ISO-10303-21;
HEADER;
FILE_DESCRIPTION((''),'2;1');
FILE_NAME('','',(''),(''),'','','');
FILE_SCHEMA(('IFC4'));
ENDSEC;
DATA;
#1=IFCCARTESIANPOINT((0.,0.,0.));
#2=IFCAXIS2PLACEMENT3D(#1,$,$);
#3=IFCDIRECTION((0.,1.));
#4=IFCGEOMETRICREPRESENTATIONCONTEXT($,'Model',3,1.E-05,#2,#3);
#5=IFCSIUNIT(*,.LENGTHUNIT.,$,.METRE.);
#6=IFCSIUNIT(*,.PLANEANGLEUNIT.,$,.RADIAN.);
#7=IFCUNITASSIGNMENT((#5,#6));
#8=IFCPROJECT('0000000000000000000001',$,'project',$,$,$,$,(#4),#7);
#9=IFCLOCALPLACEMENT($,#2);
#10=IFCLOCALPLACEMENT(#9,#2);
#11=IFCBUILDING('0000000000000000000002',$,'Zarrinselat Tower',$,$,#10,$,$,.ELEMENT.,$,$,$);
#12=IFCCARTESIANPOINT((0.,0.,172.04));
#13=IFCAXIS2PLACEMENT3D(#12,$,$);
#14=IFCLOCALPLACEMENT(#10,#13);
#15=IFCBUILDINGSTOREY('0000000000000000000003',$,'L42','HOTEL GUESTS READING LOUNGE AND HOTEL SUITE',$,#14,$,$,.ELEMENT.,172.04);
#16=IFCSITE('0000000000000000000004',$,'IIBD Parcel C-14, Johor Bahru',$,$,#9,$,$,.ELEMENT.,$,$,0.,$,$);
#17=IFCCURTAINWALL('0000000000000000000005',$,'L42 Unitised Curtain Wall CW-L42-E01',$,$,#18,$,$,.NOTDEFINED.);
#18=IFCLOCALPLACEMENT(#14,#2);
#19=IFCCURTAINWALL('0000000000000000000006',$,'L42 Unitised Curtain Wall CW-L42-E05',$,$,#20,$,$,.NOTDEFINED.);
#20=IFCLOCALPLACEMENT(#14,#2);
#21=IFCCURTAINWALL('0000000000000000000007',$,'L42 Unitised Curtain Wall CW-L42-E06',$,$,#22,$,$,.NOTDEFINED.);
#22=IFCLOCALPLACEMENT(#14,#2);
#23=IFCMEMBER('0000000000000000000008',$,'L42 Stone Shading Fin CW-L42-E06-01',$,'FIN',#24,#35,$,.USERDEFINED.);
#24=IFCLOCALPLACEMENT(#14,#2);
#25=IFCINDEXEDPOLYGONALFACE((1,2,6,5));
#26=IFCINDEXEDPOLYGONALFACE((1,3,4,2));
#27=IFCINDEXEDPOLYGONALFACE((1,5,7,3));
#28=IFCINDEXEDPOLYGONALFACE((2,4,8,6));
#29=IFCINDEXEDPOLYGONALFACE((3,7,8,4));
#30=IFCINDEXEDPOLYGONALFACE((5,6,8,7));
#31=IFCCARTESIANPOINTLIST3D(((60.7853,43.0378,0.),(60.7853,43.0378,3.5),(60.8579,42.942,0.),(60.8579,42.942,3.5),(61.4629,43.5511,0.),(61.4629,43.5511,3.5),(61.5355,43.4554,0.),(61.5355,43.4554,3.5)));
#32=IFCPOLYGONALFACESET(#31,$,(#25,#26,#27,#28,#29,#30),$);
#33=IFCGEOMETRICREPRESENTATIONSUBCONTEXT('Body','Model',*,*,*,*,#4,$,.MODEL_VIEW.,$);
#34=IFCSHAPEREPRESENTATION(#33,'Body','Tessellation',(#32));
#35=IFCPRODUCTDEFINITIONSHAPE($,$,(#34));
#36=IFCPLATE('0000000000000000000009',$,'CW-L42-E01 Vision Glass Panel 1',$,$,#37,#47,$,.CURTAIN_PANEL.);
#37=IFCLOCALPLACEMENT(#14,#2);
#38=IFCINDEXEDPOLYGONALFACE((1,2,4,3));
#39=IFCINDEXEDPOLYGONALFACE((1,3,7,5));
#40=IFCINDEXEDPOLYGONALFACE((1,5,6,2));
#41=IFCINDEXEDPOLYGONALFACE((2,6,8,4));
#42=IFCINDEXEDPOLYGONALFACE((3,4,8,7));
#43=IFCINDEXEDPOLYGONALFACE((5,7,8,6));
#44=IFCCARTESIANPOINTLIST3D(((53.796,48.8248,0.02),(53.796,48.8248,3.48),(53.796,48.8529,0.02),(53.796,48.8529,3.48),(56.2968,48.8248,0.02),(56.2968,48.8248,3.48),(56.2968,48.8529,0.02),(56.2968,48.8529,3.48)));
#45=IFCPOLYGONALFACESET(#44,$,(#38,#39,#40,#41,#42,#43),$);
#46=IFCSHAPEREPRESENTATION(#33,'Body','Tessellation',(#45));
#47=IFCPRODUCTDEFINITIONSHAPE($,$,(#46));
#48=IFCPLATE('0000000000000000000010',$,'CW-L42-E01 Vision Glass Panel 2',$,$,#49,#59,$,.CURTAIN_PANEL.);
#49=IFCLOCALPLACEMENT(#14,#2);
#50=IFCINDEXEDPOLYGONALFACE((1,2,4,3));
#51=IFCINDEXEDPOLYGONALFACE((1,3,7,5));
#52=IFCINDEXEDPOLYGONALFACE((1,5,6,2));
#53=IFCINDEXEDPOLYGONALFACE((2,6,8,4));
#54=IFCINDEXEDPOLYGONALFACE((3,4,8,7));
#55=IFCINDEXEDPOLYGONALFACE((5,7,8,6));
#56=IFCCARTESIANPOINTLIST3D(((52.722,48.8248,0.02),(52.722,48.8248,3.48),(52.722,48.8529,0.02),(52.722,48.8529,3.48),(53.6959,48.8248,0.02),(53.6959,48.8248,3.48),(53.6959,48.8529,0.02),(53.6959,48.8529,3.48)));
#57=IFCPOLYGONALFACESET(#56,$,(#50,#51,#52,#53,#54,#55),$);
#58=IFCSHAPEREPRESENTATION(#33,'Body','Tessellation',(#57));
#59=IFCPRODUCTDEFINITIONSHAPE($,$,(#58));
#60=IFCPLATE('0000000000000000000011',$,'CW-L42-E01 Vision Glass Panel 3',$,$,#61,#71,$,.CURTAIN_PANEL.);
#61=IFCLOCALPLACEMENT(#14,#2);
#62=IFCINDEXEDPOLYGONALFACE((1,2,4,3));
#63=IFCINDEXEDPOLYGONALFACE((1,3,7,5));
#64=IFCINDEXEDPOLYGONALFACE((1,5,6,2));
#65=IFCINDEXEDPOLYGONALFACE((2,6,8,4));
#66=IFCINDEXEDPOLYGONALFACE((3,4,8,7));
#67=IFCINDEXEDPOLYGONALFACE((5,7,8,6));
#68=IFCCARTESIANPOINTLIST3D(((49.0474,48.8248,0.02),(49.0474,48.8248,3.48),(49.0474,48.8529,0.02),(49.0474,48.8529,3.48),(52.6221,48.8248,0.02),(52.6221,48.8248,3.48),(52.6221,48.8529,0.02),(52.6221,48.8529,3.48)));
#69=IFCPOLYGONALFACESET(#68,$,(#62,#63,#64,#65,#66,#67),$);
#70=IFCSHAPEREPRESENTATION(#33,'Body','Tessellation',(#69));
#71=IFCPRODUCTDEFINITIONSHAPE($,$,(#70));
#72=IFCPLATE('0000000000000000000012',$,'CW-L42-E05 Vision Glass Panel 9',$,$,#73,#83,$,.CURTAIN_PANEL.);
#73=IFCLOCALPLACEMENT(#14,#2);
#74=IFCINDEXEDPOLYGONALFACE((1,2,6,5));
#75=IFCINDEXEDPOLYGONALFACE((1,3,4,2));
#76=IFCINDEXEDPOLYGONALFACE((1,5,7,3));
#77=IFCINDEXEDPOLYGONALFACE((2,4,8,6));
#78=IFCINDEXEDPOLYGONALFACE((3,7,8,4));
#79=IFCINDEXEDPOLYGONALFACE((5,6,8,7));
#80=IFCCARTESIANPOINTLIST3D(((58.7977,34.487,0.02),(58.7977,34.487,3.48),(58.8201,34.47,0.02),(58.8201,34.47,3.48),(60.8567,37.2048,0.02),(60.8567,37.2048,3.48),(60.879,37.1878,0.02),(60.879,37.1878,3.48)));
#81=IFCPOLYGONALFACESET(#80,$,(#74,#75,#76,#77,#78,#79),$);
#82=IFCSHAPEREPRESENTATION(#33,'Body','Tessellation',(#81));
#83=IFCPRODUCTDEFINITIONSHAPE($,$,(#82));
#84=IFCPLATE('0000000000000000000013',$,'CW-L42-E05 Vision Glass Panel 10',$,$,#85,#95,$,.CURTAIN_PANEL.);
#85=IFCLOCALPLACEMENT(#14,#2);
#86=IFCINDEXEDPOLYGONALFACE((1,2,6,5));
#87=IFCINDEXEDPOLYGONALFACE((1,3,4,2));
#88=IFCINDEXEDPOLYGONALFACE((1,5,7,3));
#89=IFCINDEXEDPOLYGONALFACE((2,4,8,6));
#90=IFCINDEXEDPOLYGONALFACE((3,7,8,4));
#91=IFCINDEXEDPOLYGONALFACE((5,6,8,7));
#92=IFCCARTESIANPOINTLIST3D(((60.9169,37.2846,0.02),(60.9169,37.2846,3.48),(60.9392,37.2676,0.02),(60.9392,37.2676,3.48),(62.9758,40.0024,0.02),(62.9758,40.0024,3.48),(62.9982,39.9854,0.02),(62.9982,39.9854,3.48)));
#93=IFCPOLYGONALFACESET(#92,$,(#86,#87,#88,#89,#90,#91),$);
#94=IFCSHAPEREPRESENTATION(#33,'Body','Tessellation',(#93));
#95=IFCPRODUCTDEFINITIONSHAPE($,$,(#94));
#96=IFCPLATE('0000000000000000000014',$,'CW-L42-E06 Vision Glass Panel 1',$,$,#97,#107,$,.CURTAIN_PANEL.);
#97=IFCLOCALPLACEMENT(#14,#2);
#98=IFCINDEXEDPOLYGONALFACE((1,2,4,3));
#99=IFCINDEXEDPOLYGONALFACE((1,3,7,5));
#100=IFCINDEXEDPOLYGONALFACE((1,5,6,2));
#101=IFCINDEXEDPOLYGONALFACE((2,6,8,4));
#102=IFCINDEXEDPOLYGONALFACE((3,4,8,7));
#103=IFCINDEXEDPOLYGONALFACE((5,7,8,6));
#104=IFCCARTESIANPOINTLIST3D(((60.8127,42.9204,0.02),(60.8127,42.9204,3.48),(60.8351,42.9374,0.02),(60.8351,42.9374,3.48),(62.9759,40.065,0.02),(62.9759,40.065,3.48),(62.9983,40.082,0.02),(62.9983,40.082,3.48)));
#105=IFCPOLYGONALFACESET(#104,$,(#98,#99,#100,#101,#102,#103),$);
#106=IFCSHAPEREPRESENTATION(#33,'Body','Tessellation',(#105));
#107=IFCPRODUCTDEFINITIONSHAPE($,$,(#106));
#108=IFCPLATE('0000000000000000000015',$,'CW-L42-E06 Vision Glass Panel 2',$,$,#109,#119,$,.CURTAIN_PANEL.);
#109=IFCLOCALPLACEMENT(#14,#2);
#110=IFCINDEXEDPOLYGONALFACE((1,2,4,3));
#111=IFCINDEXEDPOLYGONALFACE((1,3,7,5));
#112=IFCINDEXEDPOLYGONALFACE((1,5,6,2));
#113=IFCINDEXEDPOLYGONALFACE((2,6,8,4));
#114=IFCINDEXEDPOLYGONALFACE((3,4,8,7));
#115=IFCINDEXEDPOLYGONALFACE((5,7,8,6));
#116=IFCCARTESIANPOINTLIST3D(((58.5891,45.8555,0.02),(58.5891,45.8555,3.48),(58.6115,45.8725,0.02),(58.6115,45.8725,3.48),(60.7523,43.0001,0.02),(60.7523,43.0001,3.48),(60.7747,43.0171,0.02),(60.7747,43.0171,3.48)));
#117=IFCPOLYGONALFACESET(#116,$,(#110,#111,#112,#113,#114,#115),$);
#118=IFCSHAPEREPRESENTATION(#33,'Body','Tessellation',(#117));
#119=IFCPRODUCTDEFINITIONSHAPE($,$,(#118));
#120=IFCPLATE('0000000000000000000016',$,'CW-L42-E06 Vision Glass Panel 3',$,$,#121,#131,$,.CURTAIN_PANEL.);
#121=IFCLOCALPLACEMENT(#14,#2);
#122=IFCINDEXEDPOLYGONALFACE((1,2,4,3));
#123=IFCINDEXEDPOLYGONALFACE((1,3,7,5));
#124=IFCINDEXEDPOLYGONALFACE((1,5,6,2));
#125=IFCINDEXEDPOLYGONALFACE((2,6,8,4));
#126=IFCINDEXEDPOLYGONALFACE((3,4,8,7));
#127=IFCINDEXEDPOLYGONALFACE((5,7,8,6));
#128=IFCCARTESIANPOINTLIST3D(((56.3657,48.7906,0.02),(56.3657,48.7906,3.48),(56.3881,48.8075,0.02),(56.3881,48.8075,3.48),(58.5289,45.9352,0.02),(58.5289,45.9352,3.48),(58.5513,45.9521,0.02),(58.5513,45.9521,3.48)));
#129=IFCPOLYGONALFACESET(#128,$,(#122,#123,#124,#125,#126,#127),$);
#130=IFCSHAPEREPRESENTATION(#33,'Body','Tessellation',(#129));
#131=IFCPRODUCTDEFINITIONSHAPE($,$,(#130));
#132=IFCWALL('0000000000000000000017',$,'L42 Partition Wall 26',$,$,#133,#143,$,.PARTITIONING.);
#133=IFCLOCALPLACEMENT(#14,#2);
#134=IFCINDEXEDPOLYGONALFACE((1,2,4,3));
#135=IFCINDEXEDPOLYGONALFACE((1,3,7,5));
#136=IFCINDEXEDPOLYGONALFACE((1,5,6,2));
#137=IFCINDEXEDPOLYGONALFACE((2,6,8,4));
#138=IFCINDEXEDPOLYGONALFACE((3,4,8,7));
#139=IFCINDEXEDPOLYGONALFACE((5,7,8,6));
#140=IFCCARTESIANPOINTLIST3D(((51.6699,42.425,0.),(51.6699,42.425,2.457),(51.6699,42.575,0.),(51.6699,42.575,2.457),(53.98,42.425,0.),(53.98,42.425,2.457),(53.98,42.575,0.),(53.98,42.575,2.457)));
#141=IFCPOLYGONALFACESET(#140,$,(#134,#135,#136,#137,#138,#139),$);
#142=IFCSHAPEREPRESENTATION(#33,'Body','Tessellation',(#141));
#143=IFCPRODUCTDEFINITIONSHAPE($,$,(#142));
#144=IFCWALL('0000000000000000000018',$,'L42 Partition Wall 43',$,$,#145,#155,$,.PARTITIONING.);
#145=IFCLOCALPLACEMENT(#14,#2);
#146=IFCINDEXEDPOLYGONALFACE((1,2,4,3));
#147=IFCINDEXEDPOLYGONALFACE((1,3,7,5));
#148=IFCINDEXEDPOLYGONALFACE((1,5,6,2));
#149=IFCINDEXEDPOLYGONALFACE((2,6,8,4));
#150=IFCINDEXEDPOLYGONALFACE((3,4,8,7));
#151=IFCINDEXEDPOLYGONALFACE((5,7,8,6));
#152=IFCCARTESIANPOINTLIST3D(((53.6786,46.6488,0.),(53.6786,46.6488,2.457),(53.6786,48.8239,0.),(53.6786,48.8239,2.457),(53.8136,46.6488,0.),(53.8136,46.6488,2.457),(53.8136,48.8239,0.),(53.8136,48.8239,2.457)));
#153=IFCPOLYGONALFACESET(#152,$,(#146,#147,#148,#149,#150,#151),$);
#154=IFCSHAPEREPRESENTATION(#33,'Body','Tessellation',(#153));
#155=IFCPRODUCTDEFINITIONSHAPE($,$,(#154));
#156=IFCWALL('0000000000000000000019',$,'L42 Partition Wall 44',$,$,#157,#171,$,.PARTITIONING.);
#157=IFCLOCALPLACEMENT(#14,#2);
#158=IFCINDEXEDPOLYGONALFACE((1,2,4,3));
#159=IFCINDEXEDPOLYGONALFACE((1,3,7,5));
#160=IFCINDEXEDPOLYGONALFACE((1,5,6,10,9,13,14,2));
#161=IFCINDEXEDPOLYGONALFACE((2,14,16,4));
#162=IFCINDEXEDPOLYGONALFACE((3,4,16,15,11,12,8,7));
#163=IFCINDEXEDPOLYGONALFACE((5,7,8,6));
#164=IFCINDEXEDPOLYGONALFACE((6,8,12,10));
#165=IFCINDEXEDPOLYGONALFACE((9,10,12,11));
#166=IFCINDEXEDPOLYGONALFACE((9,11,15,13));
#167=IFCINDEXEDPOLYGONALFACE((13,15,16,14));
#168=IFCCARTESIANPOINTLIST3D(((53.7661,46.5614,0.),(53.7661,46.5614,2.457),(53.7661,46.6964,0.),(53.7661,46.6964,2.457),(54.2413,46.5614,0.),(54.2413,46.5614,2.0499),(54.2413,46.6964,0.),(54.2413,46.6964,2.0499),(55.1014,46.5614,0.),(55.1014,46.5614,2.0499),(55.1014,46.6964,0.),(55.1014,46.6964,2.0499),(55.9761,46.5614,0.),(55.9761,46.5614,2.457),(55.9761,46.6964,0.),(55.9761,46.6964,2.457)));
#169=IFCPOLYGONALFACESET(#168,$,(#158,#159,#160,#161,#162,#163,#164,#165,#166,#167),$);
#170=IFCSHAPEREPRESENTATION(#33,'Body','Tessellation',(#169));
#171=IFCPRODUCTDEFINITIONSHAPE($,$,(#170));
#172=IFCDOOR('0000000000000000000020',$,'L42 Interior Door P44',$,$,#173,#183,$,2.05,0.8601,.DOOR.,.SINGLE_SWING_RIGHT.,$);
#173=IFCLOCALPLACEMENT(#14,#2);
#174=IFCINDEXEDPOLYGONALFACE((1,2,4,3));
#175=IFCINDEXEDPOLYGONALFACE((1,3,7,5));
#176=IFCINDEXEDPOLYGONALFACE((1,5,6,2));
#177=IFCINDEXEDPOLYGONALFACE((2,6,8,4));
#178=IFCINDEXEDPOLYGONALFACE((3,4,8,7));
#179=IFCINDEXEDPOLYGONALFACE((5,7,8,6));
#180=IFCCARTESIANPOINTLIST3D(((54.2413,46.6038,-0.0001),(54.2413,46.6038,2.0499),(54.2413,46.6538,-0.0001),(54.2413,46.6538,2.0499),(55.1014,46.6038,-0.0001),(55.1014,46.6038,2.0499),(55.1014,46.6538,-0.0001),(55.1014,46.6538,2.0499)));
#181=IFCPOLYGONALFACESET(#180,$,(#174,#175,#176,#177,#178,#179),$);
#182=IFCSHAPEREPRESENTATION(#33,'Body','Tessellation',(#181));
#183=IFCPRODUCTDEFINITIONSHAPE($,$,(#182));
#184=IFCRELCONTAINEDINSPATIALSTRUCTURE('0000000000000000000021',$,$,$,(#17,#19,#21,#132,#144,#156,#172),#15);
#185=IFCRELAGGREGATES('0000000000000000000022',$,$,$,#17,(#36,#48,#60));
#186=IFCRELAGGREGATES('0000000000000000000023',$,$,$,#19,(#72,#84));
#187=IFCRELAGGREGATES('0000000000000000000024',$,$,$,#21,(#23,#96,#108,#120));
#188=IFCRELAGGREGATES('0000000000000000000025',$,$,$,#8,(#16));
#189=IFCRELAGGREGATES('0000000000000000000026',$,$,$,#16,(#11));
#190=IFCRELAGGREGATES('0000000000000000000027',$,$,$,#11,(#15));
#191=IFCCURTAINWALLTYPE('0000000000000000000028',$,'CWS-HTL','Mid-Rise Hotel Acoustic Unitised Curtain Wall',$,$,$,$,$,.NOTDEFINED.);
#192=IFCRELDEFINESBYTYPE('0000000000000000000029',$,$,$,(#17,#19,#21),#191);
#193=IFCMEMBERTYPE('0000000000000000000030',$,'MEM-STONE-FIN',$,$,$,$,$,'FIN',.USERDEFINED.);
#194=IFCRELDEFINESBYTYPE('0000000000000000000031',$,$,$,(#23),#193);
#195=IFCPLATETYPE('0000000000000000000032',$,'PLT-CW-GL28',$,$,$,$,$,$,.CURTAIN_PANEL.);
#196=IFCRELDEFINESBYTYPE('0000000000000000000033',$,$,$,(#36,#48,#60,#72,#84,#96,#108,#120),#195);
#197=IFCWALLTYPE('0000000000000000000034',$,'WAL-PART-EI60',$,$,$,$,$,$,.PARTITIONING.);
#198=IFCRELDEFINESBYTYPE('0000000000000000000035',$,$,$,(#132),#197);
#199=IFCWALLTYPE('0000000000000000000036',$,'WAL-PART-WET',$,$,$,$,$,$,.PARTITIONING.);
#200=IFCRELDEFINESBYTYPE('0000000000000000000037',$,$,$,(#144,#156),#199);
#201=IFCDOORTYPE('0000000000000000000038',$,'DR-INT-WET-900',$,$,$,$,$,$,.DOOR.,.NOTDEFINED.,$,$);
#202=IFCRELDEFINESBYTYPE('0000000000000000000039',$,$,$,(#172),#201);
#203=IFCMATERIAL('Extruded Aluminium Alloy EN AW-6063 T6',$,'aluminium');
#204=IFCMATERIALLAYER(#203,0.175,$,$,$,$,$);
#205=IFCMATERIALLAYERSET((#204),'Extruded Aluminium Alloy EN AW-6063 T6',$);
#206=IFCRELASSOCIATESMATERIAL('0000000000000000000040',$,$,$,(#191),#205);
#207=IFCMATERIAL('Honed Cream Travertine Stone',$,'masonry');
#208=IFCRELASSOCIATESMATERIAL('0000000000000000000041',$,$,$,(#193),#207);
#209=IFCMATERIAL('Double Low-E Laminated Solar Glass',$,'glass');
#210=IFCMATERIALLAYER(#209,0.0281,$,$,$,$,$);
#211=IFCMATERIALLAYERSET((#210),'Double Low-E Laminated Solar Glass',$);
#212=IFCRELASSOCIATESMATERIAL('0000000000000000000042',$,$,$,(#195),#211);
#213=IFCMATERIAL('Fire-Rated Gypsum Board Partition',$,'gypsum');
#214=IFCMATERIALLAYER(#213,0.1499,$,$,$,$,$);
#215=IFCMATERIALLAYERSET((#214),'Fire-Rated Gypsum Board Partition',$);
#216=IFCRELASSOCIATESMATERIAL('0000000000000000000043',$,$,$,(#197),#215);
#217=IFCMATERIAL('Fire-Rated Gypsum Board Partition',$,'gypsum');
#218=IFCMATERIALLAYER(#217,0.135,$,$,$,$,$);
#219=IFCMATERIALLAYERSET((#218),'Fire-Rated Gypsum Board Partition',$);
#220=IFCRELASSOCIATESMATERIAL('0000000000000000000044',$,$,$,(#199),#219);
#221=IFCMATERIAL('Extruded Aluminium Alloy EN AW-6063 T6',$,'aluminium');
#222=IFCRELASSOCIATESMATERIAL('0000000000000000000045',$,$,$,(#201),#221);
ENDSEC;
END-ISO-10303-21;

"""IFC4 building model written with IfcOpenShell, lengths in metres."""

from ifc_helpers import new_model, si_unit, direction, frame, frame_2d, origin, origin_2d, place, context, subcontext, project, spatial, rectangle, extrude, material, layer, layer_set, material_profile, profile_set, type_object, element, fill, aggregate, save


model = new_model("IFC4")

# Units and contexts
model_context = context("Model", 3, precision=1e-05, world=origin(), true_north=direction((0.0, 1.0)))
body_context = subcontext(model_context, "Body", "Model", "MODEL_VIEW")
ifc_project = project(units=[si_unit("LENGTHUNIT", "METRE"), si_unit("PLANEANGLEUNIT", "RADIAN")], contexts=[model_context])

# Site, building, storey
site_placement = place(None, origin())
site = spatial("IfcSite", under=ifc_project, at=site_placement, Name="IIBD Parcel C-14, Johor Bahru", CompositionType="ELEMENT", RefElevation=0.0)
building_placement = place(site_placement, origin())
building = spatial("IfcBuilding", under=site, at=building_placement, Name="Zarrinselat Tower", CompositionType="ELEMENT")
storey_placement = place(building_placement, frame((0.0, 0.0, 172.04)))
storey = spatial("IfcBuildingStorey", under=building, at=storey_placement, Name="L42", Description="HOTEL GUESTS READING LOUNGE AND HOTEL SUITE", CompositionType="ELEMENT", Elevation=172.04)

# Curtain walls
ifc_material_1 = material(Name="Extruded Aluminium Alloy EN AW-6063 T6", Category="aluminium")
ifc_layer_1 = layer(ifc_material_1, 0.175)
ifc_layer_set_1 = layer_set([ifc_layer_1], Name="Extruded Aluminium Alloy EN AW-6063 T6")
curtain_wall_type = type_object("IfcCurtainWallType", Name="CWS-HTL", Description="Mid-Rise Hotel Acoustic Unitised Curtain Wall", PredefinedType="NOTDEFINED", material=ifc_layer_set_1)
curtain_wall_1_placement = place(storey_placement, origin())
curtain_wall_1 = element("IfcCurtainWall", 1, at=curtain_wall_1_placement, inside=storey, type_object=curtain_wall_type, Name="L42 Unitised Curtain Wall CW-L42-E01", PredefinedType="NOTDEFINED")
curtain_wall_2_placement = place(storey_placement, origin())
curtain_wall_2 = element("IfcCurtainWall", 2, at=curtain_wall_2_placement, inside=storey, type_object=curtain_wall_type, Name="L42 Unitised Curtain Wall CW-L42-E05", PredefinedType="NOTDEFINED")
curtain_wall_3_placement = place(storey_placement, origin())
curtain_wall_3 = element("IfcCurtainWall", 3, at=curtain_wall_3_placement, inside=storey, type_object=curtain_wall_type, Name="L42 Unitised Curtain Wall CW-L42-E06", PredefinedType="NOTDEFINED")

# Member
ifc_material_2 = material(Name="Honed Cream Travertine Stone", Category="masonry")
ifc_material_profile_1 = material_profile(ifc_material_2, rectangle(XDim=0.1201, YDim=0.8501, at=origin_2d()), Name="FIN 850x120")
ifc_profile_set_1 = profile_set([ifc_material_profile_1], Name="Honed Cream Travertine Stone")
member_type_1 = type_object("IfcMemberType", Name="MEM-STONE-FIN", ElementType="FIN", PredefinedType="USERDEFINED", material=ifc_profile_set_1)
member_1_placement = place(storey_placement, frame((61.1604, 43.2466, 0.0), z_axis=(0.0, 0.0, 1.0), x_axis=(0.603857, -0.797092, 0.0)))
member_1 = element("IfcMember", 4, at=member_1_placement, type_object=member_type_1, Name="L42 Stone Shading Fin CW-L42-E06-01", ObjectType="FIN", PredefinedType="USERDEFINED", context=body_context, shape_type="SweptSolid", body=[
    extrude(rectangle(XDim=0.1201, YDim=0.8501, at=origin_2d()), origin(), (0.0, 0.0, 1.0), 3.5),
])

# Plates
ifc_material_3 = material(Name="Double Low-E Laminated Solar Glass", Category="glass")
ifc_layer_2 = layer(ifc_material_3, 0.0281)
ifc_layer_set_2 = layer_set([ifc_layer_2], Name="Double Low-E Laminated Solar Glass")
plate_type = type_object("IfcPlateType", Name="PLT-CW-GL28", PredefinedType="CURTAIN_PANEL", material=ifc_layer_set_2)
plate_1_placement = place(storey_placement, frame((55.0464, 48.8389, 0.02), z_axis=(0.0, 0.0, 1.0), x_axis=(-1.0, 0.0, 0.0)))
plate_1 = element("IfcPlate", 5, at=plate_1_placement, type_object=plate_type, Name="CW-L42-E01 Vision Glass Panel 1", PredefinedType="CURTAIN_PANEL", context=body_context, shape_type="SweptSolid", body=[
    extrude(rectangle(XDim=2.5007, YDim=0.0281, at=origin_2d()), origin(), (0.0, 0.0, 1.0), 3.46),
])
plate_2_placement = place(storey_placement, frame((53.209, 48.8389, 0.02), z_axis=(0.0, 0.0, 1.0), x_axis=(-1.0, 0.0, 0.0)))
plate_2 = element("IfcPlate", 6, at=plate_2_placement, type_object=plate_type, Name="CW-L42-E01 Vision Glass Panel 2", PredefinedType="CURTAIN_PANEL", context=body_context, shape_type="SweptSolid", body=[
    extrude(rectangle(XDim=0.9739, YDim=0.0281, at=origin_2d()), origin(), (0.0, 0.0, 1.0), 3.46),
])
plate_3_placement = place(storey_placement, frame((50.8347, 48.8389, 0.02), z_axis=(0.0, 0.0, 1.0), x_axis=(-1.0, 0.0, 0.0)))
plate_3 = element("IfcPlate", 7, at=plate_3_placement, type_object=plate_type, Name="CW-L42-E01 Vision Glass Panel 3", PredefinedType="CURTAIN_PANEL", context=body_context, shape_type="SweptSolid", body=[
    extrude(rectangle(XDim=3.5747, YDim=0.0281, at=origin_2d()), origin(), (0.0, 0.0, 1.0), 3.46),
])
aggregate(curtain_wall_1, [plate_1, plate_2, plate_3])
plate_4_placement = place(storey_placement, frame((59.8384, 35.8374, 0.02), z_axis=(0.0, 0.0, 1.0), x_axis=(0.603859, 0.797091, 0.0)))
plate_4 = element("IfcPlate", 8, at=plate_4_placement, type_object=plate_type, Name="CW-L42-E05 Vision Glass Panel 9", PredefinedType="CURTAIN_PANEL", context=body_context, shape_type="SweptSolid", body=[
    extrude(rectangle(XDim=3.4097, YDim=0.0281, at=origin_2d()), origin(), (0.0, 0.0, 1.0), 3.46),
])
plate_5_placement = place(storey_placement, frame((61.9575, 38.635, 0.02), z_axis=(0.0, 0.0, 1.0), x_axis=(0.603859, 0.797091, 0.0)))
plate_5 = element("IfcPlate", 9, at=plate_5_placement, type_object=plate_type, Name="CW-L42-E05 Vision Glass Panel 10", PredefinedType="CURTAIN_PANEL", context=body_context, shape_type="SweptSolid", body=[
    extrude(rectangle(XDim=3.4097, YDim=0.0281, at=origin_2d()), origin(), (0.0, 0.0, 1.0), 3.46),
])
aggregate(curtain_wall_2, [plate_4, plate_5])
plate_6_placement = place(storey_placement, frame((61.9055, 41.5012, 0.02), z_axis=(0.0, 0.0, 1.0), x_axis=(-0.603857, 0.797092, 0.0)))
plate_6 = element("IfcPlate", 10, at=plate_6_placement, type_object=plate_type, Name="CW-L42-E06 Vision Glass Panel 1", PredefinedType="CURTAIN_PANEL", context=body_context, shape_type="SweptSolid", body=[
    extrude(rectangle(XDim=3.5823, YDim=0.0281, at=origin_2d()), origin(), (0.0, 0.0, 1.0), 3.46),
])
plate_7_placement = place(storey_placement, frame((59.6819, 44.4363, 0.02), z_axis=(0.0, 0.0, 1.0), x_axis=(-0.603857, 0.797092, 0.0)))
plate_7 = element("IfcPlate", 11, at=plate_7_placement, type_object=plate_type, Name="CW-L42-E06 Vision Glass Panel 2", PredefinedType="CURTAIN_PANEL", context=body_context, shape_type="SweptSolid", body=[
    extrude(rectangle(XDim=3.5823, YDim=0.0281, at=origin_2d()), origin(), (0.0, 0.0, 1.0), 3.46),
])
plate_8_placement = place(storey_placement, frame((57.4585, 47.3713, 0.02), z_axis=(0.0, 0.0, 1.0), x_axis=(-0.603857, 0.797092, 0.0)))
plate_8 = element("IfcPlate", 12, at=plate_8_placement, type_object=plate_type, Name="CW-L42-E06 Vision Glass Panel 3", PredefinedType="CURTAIN_PANEL", context=body_context, shape_type="SweptSolid", body=[
    extrude(rectangle(XDim=3.5823, YDim=0.0281, at=origin_2d()), origin(), (0.0, 0.0, 1.0), 3.46),
])
aggregate(curtain_wall_3, [member_1, plate_6, plate_7, plate_8])

# Walls
ifc_material_4 = material(Name="Fire-Rated Gypsum Board Partition", Category="gypsum")
ifc_layer_3 = layer(ifc_material_4, 0.1499)
ifc_layer_set_3 = layer_set([ifc_layer_3], Name="Fire-Rated Gypsum Board Partition")
wall_type_1 = type_object("IfcWallType", Name="WAL-PART-EI60", PredefinedType="PARTITIONING", material=ifc_layer_set_3)
wall_1_placement = place(storey_placement, frame((51.6699, 42.5, 0.0), z_axis=(0.0, 0.0, 1.0), x_axis=(1.0, 0.0, 0.0)))
element("IfcWall", 13, at=wall_1_placement, inside=storey, type_object=wall_type_1, Name="L42 Partition Wall 26", PredefinedType="PARTITIONING", context=body_context, shape_type="SweptSolid", body=[
    extrude(rectangle(XDim=2.3101, YDim=0.1499, at=frame_2d((1.155, 0.0))), origin(), (0.0, 0.0, 1.0), 2.457),
])
ifc_material_5 = material(Name="Fire-Rated Gypsum Board Partition", Category="gypsum")
ifc_layer_4 = layer(ifc_material_5, 0.135)
ifc_layer_set_4 = layer_set([ifc_layer_4], Name="Fire-Rated Gypsum Board Partition")
wall_type_2 = type_object("IfcWallType", Name="WAL-PART-WET", PredefinedType="PARTITIONING", material=ifc_layer_set_4)
wall_2_placement = place(storey_placement, frame((53.7461, 46.6489, 0.0), z_axis=(0.0, 0.0, 1.0), x_axis=(0.0, 1.0, 0.0)))
element("IfcWall", 14, at=wall_2_placement, inside=storey, type_object=wall_type_2, Name="L42 Partition Wall 43", PredefinedType="PARTITIONING", context=body_context, shape_type="SweptSolid", body=[
    extrude(rectangle(XDim=2.175, YDim=0.135, at=frame_2d((1.0874, 0.0))), origin(), (0.0, 0.0, 1.0), 2.457),
])

# Wall, opening, door
wall_3_placement = place(storey_placement, frame((53.7661, 46.6289, 0.0), z_axis=(0.0, 0.0, 1.0), x_axis=(1.0, 0.0, 0.0)))
wall_3 = element("IfcWall", 15, at=wall_3_placement, inside=storey, type_object=wall_type_2, Name="L42 Partition Wall 44", PredefinedType="PARTITIONING", context=body_context, shape_type="SweptSolid", body=[
    extrude(rectangle(XDim=2.21, YDim=0.135, at=frame_2d((1.105, 0.0))), origin(), (0.0, 0.0, 1.0), 2.457),
])
opening_placement = place(wall_3_placement, frame((0.4751, 0.0, 0.0)))
opening = element("IfcOpeningElement", 16, at=opening_placement, cuts=wall_3, PredefinedType="OPENING", context=body_context, shape_type="SweptSolid", body=[
    extrude(rectangle(XDim=0.8601, YDim=2.05, at=frame_2d((0.4302, 1.0249))), frame((0.0, 0.0774, 0.0), z_axis=(0.0, -1.0, 0.0), x_axis=(1.0, 0.0, 0.0)), (0.0, 0.0, 1.0), 0.155),
])
ifc_material_6 = material(Name="Extruded Aluminium Alloy EN AW-6063 T6", Category="aluminium")
door_type = type_object("IfcDoorType", Name="DR-INT-WET-900", OperationType="NOTDEFINED", PredefinedType="DOOR", material=ifc_material_6)
door_placement = place(opening_placement, origin())
door = element("IfcDoor", 17, at=door_placement, inside=storey, type_object=door_type, Name="L42 Interior Door P44", OperationType="SINGLE_SWING_RIGHT", OverallHeight=2.05, OverallWidth=0.8601, PredefinedType="DOOR", context=body_context, shape_type="SweptSolid", body=[
    extrude(rectangle(XDim=0.8601, YDim=2.05, at=frame_2d((0.4302, 1.0249))), frame((0.0, 0.0249, 0.0), z_axis=(0.0, -1.0, 0.0), x_axis=(1.0, 0.0, 0.0)), (0.0, 0.0, 1.0), 0.05),
])
fill(opening, door)

save(model, "model.ifc")
